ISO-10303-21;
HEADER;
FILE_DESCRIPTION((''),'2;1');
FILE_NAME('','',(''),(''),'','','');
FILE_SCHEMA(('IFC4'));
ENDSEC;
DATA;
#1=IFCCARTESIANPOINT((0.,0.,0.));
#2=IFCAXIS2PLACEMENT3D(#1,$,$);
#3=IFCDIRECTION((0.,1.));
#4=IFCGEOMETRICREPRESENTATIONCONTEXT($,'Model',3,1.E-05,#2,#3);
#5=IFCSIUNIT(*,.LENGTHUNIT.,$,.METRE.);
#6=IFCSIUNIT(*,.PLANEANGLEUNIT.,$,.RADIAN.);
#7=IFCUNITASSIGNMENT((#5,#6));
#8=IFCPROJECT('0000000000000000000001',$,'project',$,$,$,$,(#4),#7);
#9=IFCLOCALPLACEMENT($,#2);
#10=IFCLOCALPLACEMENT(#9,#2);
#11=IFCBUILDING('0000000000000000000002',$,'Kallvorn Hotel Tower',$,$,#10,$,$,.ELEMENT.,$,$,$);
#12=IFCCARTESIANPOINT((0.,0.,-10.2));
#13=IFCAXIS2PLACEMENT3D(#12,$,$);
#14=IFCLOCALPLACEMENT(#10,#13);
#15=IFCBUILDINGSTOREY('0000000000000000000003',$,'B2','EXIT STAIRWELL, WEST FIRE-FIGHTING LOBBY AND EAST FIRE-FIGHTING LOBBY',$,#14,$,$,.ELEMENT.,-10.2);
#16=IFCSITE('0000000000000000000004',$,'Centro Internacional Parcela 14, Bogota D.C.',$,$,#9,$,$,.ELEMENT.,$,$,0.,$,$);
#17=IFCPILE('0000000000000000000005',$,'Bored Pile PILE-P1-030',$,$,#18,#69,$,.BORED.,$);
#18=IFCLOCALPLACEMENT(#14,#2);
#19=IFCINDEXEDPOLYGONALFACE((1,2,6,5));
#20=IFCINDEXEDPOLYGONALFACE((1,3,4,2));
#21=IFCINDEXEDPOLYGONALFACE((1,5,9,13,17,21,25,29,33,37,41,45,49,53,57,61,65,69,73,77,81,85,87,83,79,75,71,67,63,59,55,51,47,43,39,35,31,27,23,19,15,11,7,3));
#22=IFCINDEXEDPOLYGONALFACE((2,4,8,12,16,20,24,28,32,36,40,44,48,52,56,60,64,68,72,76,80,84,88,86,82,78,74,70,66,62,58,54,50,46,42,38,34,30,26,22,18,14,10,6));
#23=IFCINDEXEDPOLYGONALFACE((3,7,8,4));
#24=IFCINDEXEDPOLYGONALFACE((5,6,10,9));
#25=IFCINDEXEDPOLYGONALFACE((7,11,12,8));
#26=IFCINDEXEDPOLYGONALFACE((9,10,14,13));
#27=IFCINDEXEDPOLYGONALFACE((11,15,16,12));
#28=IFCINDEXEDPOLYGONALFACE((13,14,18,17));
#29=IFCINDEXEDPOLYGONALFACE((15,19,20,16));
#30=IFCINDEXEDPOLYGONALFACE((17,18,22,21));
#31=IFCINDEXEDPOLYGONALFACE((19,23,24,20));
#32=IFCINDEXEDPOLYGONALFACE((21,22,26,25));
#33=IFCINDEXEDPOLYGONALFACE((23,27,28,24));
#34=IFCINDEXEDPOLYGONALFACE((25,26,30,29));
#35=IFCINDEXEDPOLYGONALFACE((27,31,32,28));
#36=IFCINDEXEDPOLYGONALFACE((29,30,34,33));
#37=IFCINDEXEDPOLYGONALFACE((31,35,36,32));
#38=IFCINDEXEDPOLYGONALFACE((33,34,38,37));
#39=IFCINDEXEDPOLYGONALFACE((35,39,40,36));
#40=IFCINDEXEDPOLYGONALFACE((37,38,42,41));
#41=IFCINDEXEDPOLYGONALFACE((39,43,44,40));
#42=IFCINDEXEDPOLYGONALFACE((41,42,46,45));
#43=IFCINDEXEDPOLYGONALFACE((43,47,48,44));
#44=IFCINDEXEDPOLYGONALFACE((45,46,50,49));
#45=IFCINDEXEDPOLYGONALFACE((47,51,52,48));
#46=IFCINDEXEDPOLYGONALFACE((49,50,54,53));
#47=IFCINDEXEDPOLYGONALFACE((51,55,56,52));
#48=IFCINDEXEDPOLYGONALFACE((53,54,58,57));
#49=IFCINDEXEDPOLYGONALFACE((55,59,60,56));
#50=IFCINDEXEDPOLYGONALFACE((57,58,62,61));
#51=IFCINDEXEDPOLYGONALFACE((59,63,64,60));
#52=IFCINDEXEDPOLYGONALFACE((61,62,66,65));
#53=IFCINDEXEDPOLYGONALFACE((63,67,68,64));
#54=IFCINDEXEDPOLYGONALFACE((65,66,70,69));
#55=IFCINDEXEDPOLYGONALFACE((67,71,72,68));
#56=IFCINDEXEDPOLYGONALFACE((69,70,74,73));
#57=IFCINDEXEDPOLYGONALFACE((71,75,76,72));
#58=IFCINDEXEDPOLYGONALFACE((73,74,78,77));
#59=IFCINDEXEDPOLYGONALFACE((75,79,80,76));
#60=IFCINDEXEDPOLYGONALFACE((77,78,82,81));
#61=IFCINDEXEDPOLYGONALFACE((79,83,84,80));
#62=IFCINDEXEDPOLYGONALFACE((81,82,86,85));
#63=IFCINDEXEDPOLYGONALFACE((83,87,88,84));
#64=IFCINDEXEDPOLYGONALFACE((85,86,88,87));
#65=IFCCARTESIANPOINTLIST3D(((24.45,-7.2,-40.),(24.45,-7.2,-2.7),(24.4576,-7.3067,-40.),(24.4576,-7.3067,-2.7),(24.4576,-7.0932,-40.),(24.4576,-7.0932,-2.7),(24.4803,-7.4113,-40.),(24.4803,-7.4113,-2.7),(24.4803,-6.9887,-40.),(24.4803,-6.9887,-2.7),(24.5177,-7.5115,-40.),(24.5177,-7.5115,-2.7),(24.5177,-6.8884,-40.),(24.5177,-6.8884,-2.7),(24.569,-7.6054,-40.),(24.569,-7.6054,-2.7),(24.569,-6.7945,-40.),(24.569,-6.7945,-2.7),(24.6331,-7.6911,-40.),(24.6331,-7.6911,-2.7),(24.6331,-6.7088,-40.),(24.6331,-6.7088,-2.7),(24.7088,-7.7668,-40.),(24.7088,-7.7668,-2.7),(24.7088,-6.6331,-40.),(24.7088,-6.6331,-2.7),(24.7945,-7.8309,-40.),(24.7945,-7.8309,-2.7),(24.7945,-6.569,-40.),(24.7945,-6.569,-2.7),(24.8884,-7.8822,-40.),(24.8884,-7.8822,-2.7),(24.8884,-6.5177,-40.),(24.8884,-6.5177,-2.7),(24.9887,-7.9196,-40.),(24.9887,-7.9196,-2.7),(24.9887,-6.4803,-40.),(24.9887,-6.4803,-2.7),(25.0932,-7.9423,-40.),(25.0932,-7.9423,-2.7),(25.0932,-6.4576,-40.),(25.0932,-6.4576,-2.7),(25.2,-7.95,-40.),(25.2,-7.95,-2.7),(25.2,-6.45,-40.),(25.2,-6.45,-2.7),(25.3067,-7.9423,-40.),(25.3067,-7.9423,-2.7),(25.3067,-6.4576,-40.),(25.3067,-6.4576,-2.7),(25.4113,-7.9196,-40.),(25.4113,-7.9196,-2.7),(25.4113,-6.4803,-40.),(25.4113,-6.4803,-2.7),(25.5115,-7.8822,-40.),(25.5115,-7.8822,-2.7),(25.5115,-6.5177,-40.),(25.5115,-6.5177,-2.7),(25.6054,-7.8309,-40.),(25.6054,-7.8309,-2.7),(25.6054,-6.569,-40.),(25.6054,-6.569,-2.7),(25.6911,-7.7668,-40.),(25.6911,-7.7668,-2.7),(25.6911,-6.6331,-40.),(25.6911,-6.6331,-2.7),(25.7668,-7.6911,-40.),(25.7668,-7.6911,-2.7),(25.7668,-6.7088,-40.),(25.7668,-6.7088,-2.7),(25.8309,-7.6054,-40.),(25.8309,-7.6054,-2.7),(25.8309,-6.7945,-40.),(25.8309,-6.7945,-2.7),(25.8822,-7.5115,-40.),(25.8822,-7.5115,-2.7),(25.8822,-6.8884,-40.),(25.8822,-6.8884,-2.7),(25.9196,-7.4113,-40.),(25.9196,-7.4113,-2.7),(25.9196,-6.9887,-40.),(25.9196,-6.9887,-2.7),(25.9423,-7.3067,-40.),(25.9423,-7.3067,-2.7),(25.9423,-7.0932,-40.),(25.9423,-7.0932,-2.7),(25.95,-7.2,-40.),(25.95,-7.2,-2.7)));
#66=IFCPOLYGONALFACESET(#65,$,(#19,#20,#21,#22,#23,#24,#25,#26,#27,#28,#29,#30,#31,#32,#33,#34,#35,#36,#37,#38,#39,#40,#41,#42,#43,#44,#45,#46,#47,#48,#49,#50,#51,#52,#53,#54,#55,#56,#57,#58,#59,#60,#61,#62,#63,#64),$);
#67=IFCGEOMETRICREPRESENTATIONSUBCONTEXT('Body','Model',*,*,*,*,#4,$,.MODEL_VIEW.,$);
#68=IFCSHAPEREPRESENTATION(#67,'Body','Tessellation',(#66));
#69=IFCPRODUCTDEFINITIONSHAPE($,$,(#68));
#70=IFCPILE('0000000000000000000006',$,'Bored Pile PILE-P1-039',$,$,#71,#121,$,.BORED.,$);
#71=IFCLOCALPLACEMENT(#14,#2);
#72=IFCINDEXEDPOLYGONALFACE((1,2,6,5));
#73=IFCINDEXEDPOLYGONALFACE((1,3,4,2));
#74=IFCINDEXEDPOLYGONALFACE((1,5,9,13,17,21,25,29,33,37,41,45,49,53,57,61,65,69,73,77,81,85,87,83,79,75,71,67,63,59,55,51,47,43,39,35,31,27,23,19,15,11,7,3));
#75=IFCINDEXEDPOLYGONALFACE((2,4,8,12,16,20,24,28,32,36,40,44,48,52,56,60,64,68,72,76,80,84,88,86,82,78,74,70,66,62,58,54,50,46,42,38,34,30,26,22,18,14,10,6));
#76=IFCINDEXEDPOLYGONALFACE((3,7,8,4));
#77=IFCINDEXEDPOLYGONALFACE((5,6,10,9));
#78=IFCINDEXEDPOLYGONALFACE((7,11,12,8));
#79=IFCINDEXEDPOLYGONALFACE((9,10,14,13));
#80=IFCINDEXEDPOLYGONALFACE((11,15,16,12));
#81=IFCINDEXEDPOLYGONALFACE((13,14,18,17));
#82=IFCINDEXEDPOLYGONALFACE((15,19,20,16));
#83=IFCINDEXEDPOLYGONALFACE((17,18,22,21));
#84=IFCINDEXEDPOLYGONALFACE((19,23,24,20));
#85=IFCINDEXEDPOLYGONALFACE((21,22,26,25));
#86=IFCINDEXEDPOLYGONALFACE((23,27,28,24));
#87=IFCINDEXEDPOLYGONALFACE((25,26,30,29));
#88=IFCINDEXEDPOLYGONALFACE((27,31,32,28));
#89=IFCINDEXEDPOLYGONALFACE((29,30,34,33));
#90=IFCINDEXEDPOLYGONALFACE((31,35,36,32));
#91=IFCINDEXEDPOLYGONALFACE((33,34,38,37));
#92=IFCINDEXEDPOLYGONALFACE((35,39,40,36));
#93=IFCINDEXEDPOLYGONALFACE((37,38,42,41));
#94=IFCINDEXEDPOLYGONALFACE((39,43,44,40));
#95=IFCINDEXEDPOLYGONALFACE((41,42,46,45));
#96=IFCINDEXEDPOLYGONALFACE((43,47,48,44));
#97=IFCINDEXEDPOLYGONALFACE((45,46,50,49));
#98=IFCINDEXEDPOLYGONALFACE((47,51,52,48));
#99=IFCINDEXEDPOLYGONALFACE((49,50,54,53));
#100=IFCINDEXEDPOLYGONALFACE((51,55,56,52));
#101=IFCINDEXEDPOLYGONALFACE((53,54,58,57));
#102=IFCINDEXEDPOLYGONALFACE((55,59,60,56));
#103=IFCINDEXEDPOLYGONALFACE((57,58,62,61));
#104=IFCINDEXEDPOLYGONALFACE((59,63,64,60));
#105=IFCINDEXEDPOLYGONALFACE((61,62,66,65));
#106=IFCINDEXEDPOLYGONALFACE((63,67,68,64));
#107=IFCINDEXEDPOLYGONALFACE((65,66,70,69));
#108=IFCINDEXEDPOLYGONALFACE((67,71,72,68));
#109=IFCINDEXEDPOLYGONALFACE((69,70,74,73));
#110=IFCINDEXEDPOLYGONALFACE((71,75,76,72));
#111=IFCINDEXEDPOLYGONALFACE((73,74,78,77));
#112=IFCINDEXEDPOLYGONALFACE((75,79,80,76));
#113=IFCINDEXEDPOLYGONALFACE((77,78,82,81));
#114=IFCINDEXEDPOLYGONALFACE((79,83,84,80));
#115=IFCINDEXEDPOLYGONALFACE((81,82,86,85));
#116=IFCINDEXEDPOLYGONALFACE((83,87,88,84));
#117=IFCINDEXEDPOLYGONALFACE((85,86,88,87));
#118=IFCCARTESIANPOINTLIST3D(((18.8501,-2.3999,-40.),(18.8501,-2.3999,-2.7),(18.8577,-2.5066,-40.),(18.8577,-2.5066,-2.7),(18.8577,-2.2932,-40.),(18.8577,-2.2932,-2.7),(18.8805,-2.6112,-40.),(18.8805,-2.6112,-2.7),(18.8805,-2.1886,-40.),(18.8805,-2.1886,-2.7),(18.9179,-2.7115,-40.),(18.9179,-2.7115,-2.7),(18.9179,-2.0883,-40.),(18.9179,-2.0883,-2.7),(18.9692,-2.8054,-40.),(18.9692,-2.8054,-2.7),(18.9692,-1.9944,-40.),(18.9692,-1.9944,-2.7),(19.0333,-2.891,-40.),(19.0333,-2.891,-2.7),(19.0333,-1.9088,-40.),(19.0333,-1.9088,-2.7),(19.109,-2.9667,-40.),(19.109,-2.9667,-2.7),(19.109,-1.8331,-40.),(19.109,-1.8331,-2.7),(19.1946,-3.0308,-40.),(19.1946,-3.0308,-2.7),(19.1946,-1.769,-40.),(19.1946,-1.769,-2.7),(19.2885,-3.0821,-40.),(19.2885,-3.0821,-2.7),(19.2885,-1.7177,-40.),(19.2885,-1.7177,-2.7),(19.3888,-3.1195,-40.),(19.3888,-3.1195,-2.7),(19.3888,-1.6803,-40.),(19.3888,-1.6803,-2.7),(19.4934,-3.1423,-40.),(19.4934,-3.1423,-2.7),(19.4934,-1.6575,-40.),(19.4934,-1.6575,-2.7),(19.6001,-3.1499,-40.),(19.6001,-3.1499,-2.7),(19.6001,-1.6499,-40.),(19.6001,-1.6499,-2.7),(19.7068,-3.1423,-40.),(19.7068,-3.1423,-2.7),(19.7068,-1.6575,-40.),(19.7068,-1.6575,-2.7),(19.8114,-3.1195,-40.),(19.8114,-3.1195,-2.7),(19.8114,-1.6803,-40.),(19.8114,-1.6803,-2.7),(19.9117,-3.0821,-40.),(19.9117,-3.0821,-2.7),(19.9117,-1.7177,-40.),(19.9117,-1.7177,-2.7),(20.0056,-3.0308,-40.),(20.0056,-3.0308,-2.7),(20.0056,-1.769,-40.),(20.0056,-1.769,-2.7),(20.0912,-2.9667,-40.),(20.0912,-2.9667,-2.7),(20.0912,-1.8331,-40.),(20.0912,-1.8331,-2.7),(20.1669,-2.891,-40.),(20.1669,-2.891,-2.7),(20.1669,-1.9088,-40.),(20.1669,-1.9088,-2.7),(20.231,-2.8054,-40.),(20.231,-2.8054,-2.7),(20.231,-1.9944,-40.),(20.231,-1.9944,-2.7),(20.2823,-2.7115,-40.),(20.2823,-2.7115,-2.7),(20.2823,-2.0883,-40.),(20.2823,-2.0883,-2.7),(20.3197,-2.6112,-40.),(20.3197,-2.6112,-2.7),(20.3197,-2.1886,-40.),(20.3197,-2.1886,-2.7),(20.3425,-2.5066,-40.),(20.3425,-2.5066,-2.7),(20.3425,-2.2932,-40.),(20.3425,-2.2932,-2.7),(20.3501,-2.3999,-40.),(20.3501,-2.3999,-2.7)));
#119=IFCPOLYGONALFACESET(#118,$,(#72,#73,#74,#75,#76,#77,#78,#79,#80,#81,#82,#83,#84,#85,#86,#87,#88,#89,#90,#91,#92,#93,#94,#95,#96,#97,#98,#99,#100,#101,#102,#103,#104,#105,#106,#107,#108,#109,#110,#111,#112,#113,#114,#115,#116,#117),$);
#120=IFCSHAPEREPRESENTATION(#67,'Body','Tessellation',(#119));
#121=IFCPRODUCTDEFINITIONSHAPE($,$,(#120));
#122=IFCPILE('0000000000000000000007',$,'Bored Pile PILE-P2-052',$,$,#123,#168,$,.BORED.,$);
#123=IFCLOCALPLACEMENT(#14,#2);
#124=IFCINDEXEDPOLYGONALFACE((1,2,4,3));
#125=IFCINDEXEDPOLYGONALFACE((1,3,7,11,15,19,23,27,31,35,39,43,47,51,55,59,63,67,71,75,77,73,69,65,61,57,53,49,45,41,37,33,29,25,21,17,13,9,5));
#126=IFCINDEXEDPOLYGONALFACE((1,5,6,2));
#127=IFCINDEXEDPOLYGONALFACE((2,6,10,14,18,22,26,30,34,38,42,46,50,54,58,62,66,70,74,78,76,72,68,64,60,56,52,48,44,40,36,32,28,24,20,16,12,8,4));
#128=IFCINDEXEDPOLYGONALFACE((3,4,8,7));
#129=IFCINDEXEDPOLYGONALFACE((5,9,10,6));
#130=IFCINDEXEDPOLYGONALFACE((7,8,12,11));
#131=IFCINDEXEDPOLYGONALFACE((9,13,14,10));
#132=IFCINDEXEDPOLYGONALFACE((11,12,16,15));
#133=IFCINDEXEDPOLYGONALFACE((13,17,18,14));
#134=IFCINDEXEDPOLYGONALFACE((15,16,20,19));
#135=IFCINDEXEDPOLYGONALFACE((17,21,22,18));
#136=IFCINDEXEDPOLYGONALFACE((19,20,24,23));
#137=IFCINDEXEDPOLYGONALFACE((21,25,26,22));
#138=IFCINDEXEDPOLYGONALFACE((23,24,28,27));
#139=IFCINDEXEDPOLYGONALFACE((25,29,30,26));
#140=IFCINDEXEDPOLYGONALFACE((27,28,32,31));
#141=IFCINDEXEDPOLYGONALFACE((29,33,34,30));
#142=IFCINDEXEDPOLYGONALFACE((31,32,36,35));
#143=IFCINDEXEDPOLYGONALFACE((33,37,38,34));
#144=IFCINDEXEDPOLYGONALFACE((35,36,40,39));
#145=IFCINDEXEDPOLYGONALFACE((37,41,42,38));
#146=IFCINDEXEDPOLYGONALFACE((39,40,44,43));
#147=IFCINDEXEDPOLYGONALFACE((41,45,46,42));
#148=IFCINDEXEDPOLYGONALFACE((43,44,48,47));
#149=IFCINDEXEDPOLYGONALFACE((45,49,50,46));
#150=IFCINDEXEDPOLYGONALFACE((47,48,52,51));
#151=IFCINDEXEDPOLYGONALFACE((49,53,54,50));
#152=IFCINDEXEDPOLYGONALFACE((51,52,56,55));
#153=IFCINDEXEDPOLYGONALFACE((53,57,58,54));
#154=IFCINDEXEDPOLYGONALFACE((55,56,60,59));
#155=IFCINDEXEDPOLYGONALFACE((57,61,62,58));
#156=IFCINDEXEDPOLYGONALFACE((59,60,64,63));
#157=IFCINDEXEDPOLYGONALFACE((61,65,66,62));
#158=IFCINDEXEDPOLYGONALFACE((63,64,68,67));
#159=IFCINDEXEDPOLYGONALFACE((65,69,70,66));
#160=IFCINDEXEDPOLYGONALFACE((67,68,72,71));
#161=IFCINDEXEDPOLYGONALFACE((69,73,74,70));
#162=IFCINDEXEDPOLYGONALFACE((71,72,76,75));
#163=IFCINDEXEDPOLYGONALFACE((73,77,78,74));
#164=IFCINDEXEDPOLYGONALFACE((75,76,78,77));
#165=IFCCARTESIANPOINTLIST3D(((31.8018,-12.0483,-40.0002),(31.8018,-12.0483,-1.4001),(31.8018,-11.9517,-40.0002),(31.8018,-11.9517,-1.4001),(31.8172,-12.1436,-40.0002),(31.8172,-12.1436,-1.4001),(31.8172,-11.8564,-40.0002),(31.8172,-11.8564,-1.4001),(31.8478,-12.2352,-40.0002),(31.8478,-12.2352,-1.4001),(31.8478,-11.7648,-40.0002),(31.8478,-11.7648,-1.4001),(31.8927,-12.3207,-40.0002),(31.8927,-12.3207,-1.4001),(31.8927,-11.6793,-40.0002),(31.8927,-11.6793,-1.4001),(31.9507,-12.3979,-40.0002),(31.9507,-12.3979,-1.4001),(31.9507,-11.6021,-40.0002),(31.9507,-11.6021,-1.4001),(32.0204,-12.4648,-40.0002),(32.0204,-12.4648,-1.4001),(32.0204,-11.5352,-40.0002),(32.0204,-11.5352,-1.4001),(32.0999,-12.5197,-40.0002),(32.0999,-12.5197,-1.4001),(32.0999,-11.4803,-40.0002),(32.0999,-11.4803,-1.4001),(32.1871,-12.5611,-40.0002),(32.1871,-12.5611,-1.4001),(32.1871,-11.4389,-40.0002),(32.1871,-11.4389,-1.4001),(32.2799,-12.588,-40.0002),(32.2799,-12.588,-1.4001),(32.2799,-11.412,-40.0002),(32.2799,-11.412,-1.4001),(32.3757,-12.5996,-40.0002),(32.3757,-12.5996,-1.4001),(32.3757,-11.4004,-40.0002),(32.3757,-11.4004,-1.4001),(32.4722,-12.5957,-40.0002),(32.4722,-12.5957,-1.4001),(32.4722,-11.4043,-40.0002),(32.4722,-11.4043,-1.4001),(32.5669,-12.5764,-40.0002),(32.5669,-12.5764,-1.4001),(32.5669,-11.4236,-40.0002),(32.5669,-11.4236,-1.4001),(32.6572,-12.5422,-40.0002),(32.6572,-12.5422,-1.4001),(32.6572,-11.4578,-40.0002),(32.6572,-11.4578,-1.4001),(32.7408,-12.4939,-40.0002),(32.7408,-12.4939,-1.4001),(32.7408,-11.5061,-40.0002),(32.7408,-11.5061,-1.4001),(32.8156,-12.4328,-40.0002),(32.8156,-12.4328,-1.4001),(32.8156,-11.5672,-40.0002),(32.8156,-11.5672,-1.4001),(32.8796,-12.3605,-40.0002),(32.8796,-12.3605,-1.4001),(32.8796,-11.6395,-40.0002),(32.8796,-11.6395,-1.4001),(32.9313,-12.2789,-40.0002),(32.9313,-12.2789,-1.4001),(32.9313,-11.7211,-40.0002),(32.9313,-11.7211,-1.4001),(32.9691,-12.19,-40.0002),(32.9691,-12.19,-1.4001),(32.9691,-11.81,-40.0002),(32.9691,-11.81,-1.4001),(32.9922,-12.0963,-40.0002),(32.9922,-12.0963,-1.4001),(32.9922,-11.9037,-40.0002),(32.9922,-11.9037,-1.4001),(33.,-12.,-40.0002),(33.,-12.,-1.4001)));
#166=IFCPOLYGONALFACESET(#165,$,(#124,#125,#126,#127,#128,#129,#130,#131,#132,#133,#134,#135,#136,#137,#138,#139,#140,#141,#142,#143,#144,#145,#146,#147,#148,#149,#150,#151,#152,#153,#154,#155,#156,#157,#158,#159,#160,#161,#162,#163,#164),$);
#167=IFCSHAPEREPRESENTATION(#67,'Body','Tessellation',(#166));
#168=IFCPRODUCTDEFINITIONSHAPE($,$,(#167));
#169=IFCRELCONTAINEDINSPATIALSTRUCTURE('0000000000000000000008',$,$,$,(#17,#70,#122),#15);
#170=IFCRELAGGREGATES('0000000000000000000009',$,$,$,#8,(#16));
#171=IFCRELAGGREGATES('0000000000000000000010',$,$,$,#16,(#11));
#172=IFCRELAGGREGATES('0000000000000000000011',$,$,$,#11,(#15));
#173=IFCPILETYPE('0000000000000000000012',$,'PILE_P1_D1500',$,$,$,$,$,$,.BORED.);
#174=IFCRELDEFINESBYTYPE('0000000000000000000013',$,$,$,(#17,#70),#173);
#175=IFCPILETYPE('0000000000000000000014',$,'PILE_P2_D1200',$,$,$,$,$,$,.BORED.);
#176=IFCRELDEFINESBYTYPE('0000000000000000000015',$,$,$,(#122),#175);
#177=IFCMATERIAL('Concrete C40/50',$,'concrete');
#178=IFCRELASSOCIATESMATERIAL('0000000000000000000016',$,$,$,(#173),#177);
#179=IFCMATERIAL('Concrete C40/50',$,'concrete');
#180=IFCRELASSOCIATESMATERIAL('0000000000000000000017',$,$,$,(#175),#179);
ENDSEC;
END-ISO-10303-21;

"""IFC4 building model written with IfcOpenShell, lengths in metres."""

from ifc_helpers import new_model, si_unit, direction, frame, origin, origin_2d, place, context, subcontext, project, spatial, circle, extrude, material, material_profile, profile_set, type_object, element, save


model = new_model("IFC4")

# Units and contexts
model_context = context("Model", 3, precision=1e-05, world=origin(), true_north=direction((0.0, 1.0)))
body_context = subcontext(model_context, "Body", "Model", "MODEL_VIEW")
ifc_project = project(units=[si_unit("LENGTHUNIT", "METRE"), si_unit("PLANEANGLEUNIT", "RADIAN")], contexts=[model_context])

# Site, building, storey
site_placement = place(None, origin())
site = spatial("IfcSite", under=ifc_project, at=site_placement, Name="Centro Internacional Parcela 14, Bogota D.C.", CompositionType="ELEMENT", RefElevation=0.0)
building_placement = place(site_placement, origin())
building = spatial("IfcBuilding", under=site, at=building_placement, Name="Kallvorn Hotel Tower", CompositionType="ELEMENT")
storey_placement = place(building_placement, frame((0.0, 0.0, -10.2)))
storey = spatial("IfcBuildingStorey", under=building, at=storey_placement, Name="B2", Description="EXIT STAIRWELL, WEST FIRE-FIGHTING LOBBY AND EAST FIRE-FIGHTING LOBBY", CompositionType="ELEMENT", Elevation=-10.2)

# Piles
ifc_material_1 = material(Name="Concrete C40/50", Category="concrete")
ifc_material_profile_1 = material_profile(ifc_material_1, circle(Radius=0.75, at=origin_2d()), Name="PILE D1500")
ifc_profile_set_1 = profile_set([ifc_material_profile_1], Name="Concrete C40/50")
pile_type_1 = type_object("IfcPileType", Name="PILE_P1_D1500", PredefinedType="BORED", material=ifc_profile_set_1)
for number, where, z_axis, x_axis, name in (
    (1, (25.2, -7.2, -2.7), (0.0, 0.0, -1.0), (1.0, 0.0, 0.0), "Bored Pile PILE-P1-030"),
    (2, (19.6001, -2.3999, -2.7), (0.0, 0.0, -1.0), (1.0, 0.0, 0.0), "Bored Pile PILE-P1-039"),
):
    element("IfcPile", number, at=place(storey_placement, frame(where, z_axis=z_axis, x_axis=x_axis)), inside=storey, type_object=pile_type_1, Name=name, PredefinedType="BORED", context=body_context, shape_type="SweptSolid", body=[
        extrude(circle(Radius=0.75, at=origin_2d()), origin(), (0.0, 0.0, 1.0), 37.3),
    ])
ifc_material_2 = material(Name="Concrete C40/50", Category="concrete")
ifc_material_profile_2 = material_profile(ifc_material_2, circle(Radius=0.6001, at=origin_2d()), Name="PILE D1200")
ifc_profile_set_2 = profile_set([ifc_material_profile_2], Name="Concrete C40/50")
pile_type_2 = type_object("IfcPileType", Name="PILE_P2_D1200", PredefinedType="BORED", material=ifc_profile_set_2)
for number, where, z_axis, x_axis, name in (
    (3, (32.3999, -12.0, -1.4001), (0.0, 0.0, -1.0), (1.0, 0.0, 0.0), "Bored Pile PILE-P2-052"),
):
    element("IfcPile", number, at=place(storey_placement, frame(where, z_axis=z_axis, x_axis=x_axis)), inside=storey, type_object=pile_type_2, Name=name, PredefinedType="BORED", context=body_context, shape_type="SweptSolid", body=[
        extrude(circle(Radius=0.6001, at=origin_2d()), origin(), (0.0, 0.0, 1.0), 38.6001),
    ])

save(model, "model.ifc")
